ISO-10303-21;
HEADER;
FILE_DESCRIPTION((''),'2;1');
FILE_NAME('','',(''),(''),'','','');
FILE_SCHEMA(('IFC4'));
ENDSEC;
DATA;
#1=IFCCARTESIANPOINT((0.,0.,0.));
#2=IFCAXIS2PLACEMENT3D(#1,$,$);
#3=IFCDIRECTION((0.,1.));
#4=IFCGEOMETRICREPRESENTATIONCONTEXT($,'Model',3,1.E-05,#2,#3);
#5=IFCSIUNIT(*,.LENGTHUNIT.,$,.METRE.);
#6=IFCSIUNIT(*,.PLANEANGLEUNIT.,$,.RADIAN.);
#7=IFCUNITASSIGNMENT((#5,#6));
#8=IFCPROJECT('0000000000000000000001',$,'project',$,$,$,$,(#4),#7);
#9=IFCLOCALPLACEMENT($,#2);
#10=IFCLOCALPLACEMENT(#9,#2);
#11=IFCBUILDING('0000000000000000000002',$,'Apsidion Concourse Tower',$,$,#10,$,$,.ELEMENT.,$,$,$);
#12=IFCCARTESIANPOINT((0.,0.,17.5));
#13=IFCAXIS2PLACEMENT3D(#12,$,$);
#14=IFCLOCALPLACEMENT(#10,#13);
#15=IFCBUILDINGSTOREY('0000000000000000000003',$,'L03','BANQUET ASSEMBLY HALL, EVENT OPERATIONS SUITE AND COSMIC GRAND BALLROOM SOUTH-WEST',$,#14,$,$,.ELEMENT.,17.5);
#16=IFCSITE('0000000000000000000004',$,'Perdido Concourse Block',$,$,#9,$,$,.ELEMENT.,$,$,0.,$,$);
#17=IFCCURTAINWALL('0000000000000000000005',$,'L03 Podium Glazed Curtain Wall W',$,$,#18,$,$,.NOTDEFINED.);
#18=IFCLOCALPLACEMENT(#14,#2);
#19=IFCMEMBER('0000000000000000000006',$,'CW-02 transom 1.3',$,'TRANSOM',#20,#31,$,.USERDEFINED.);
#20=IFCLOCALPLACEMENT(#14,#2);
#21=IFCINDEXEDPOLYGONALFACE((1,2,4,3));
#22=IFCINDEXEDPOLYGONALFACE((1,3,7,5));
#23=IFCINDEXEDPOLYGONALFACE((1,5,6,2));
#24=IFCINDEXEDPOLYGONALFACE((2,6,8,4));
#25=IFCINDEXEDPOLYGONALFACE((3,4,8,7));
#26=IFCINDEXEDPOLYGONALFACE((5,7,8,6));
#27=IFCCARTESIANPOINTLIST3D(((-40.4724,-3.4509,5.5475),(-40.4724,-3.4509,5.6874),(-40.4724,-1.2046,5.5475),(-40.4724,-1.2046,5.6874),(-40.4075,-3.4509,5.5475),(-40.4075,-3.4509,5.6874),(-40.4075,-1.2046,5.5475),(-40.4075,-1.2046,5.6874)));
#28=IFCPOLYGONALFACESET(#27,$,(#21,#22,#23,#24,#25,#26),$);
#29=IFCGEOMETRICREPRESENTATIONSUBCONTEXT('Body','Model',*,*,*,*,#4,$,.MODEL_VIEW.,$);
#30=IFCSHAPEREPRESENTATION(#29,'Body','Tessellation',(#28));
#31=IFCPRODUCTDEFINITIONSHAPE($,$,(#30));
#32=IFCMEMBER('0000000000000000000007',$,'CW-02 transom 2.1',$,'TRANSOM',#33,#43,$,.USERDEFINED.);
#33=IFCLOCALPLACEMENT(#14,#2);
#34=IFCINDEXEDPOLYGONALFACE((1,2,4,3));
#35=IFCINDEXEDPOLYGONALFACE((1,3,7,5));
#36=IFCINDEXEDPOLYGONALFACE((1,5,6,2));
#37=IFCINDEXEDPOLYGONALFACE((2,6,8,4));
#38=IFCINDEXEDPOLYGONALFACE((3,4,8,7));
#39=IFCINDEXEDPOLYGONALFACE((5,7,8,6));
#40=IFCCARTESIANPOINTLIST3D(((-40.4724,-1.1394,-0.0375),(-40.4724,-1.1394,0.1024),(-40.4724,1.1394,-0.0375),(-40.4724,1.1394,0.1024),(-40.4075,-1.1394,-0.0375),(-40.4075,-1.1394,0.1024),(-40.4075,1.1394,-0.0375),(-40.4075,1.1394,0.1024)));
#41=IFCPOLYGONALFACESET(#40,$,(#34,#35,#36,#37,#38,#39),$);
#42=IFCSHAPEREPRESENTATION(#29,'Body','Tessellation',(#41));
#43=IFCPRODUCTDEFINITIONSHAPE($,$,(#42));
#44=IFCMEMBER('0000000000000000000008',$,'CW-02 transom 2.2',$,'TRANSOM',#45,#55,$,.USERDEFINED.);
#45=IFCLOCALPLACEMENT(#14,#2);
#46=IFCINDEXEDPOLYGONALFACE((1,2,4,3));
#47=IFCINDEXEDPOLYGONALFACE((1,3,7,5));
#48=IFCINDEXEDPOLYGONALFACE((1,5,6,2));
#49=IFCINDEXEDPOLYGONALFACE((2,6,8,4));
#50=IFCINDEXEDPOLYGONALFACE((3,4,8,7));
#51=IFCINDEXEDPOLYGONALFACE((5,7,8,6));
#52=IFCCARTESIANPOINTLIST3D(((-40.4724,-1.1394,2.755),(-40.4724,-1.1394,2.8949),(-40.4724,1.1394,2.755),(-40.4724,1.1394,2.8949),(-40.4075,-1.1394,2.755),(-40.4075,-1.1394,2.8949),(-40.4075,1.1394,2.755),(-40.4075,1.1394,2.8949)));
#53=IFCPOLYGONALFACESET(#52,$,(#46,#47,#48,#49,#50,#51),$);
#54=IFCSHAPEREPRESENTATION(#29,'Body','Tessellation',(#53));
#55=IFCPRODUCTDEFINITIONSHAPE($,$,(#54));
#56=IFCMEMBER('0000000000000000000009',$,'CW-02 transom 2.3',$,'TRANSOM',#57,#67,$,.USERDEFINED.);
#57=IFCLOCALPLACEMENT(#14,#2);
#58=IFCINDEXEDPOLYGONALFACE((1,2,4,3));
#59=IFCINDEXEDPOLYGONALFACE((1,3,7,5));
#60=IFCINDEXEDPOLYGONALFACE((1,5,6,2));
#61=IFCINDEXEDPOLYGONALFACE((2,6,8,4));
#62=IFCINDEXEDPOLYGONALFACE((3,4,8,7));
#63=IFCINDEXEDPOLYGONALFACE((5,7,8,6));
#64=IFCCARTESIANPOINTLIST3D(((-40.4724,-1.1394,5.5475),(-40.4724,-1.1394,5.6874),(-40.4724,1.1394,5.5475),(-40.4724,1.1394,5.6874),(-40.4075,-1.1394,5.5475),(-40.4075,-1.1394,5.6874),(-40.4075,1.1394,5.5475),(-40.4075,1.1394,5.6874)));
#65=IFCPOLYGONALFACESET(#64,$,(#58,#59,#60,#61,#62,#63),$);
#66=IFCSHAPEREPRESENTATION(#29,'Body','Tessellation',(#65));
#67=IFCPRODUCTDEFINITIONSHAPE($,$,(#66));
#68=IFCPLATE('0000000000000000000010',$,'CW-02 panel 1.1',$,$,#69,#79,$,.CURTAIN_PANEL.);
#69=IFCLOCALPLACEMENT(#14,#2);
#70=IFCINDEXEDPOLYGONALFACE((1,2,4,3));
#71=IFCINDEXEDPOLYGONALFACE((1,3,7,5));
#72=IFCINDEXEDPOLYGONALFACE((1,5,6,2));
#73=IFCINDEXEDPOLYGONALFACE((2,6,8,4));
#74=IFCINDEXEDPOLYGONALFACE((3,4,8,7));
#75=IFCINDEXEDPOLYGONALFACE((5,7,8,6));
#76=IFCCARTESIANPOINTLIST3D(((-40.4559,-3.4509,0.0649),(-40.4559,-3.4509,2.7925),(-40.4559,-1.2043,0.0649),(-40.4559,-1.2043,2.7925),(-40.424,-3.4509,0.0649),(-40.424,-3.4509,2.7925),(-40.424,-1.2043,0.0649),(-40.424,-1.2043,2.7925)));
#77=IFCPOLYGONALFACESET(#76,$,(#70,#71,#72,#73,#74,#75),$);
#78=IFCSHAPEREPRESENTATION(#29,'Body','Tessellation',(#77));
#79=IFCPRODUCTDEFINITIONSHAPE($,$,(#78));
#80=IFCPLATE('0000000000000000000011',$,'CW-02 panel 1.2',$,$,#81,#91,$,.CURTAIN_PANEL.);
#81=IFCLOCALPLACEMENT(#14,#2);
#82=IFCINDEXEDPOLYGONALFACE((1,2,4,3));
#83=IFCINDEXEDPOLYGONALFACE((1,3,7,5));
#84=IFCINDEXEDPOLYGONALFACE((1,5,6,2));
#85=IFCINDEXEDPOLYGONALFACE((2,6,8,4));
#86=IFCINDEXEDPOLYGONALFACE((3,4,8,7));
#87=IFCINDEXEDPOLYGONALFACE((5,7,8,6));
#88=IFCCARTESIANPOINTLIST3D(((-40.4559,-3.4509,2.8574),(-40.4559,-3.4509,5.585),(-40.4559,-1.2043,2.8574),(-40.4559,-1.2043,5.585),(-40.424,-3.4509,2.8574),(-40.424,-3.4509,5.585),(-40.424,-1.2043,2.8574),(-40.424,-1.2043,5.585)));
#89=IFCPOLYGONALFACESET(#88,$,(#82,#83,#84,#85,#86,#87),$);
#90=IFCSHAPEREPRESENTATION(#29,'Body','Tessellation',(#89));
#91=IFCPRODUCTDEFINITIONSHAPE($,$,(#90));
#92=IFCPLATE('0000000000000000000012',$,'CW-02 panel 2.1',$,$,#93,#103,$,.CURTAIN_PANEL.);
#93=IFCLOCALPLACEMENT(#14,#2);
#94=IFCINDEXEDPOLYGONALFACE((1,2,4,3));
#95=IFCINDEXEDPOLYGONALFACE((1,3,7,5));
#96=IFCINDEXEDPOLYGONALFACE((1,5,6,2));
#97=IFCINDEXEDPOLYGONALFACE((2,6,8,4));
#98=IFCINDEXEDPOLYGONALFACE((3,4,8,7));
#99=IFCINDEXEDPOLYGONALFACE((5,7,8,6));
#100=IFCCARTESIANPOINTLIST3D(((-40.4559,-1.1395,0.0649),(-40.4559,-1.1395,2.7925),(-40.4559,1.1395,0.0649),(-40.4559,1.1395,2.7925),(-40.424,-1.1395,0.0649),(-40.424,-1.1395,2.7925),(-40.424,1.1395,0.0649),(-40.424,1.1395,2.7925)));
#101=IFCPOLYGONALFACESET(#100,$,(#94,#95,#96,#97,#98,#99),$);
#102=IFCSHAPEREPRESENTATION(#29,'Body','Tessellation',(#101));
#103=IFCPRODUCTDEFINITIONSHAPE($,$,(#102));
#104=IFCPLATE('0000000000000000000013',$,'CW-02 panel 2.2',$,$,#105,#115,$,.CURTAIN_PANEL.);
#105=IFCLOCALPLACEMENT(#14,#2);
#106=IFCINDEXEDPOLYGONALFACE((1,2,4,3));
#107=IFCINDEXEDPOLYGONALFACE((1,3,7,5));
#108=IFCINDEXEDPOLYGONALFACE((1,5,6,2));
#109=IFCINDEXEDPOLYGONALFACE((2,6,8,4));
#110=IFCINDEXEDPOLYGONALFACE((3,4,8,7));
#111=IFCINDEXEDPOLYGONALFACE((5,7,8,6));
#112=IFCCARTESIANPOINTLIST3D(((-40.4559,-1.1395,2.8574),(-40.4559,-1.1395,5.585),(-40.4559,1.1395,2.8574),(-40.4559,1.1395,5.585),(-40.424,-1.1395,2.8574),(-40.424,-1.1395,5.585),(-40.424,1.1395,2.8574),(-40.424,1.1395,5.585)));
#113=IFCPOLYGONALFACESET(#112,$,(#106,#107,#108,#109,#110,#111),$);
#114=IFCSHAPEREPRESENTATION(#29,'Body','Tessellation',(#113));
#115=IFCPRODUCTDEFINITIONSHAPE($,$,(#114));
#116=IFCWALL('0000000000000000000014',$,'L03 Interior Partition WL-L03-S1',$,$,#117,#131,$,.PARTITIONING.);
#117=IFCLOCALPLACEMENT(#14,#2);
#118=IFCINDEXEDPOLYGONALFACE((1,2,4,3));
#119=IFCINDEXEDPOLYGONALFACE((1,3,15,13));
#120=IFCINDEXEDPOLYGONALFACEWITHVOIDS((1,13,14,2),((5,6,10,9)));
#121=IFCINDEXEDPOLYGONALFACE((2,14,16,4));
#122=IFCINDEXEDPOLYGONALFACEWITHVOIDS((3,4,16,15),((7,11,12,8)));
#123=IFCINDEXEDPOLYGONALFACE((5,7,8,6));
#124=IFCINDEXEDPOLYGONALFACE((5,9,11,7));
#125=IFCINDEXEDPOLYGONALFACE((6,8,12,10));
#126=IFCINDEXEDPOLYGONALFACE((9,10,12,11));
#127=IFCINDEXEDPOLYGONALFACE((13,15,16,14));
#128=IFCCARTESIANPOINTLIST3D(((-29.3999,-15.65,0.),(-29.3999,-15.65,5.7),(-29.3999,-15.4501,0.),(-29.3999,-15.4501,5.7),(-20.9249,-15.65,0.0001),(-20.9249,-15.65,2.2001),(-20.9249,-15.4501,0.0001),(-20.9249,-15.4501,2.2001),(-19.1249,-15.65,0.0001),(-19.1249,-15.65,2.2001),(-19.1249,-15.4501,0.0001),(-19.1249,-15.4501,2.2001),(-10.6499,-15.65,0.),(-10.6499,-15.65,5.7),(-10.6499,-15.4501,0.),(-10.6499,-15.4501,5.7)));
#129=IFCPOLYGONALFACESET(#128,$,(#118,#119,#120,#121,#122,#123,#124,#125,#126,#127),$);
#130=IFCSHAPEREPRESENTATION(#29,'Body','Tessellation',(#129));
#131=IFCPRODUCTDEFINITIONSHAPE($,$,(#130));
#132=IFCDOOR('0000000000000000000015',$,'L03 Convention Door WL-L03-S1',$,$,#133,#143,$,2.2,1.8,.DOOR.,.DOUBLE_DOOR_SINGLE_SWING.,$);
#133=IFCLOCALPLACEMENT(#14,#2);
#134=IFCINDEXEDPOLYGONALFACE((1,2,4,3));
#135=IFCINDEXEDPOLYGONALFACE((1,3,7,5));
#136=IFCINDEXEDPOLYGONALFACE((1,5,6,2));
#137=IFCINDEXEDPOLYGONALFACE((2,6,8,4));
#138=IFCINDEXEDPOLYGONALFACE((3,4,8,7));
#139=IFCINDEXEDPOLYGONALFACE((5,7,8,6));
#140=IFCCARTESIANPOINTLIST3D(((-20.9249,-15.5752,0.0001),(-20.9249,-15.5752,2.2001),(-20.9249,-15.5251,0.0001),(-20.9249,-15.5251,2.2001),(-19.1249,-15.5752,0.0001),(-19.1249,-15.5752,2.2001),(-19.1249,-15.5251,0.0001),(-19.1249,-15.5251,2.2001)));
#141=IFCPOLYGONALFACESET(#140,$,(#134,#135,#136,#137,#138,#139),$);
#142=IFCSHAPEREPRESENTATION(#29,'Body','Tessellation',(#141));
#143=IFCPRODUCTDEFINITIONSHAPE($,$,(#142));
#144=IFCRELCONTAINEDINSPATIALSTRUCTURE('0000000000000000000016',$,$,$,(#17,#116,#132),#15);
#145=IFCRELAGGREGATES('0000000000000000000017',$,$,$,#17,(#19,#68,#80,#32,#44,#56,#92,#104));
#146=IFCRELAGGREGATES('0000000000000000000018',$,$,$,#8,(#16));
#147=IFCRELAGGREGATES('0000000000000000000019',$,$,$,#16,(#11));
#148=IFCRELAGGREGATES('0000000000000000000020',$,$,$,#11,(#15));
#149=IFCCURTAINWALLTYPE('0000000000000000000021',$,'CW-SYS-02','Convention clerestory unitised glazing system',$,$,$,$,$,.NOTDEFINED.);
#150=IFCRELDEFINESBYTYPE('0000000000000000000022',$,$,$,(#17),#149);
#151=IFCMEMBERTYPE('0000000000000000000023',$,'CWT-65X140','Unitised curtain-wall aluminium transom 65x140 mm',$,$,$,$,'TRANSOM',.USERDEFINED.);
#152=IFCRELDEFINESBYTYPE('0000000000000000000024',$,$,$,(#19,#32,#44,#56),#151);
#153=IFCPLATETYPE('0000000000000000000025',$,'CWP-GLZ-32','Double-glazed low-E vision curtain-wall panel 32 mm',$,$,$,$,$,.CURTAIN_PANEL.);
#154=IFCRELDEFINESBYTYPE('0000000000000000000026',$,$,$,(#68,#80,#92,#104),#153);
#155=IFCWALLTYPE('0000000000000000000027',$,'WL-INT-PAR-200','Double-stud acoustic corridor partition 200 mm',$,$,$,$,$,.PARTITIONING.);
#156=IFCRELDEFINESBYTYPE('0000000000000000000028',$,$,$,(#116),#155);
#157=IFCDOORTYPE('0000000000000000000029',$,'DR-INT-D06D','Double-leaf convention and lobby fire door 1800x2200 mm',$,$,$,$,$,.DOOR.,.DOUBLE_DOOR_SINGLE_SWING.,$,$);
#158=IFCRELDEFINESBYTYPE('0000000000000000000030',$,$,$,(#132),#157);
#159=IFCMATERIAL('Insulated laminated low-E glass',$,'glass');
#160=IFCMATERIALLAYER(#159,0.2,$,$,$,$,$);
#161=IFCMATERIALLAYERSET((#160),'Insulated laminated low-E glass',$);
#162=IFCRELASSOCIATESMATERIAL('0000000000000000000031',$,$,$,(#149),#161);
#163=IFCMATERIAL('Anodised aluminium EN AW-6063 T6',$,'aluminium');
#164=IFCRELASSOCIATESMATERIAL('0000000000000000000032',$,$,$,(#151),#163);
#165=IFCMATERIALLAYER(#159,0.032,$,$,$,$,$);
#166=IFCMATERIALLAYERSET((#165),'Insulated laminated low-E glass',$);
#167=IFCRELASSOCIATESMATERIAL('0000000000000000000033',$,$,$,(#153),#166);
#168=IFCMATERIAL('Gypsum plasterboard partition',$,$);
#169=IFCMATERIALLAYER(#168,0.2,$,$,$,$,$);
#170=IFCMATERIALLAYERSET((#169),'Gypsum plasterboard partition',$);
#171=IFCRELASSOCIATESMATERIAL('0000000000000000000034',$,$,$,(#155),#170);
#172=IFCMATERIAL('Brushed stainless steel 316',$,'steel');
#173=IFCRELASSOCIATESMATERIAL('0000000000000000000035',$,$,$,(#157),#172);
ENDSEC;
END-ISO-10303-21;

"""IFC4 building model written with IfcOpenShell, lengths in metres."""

from ifc_helpers import new_model, si_unit, direction, frame, frame_2d, origin, origin_2d, place, context, subcontext, project, spatial, rectangle, extrude, material, layer, layer_set, material_profile, profile_set, type_object, element, fill, aggregate, save


model = new_model("IFC4")

# Units and contexts
model_context = context("Model", 3, precision=1e-05, world=origin(), true_north=direction((0.0, 1.0)))
body_context = subcontext(model_context, "Body", "Model", "MODEL_VIEW")
ifc_project = project(units=[si_unit("LENGTHUNIT", "METRE"), si_unit("PLANEANGLEUNIT", "RADIAN")], contexts=[model_context])

# Site, building, storey
site_placement = place(None, origin())
site = spatial("IfcSite", under=ifc_project, at=site_placement, Name="Perdido Concourse Block", CompositionType="ELEMENT", RefElevation=0.0)
building_placement = place(site_placement, origin())
building = spatial("IfcBuilding", under=site, at=building_placement, Name="Apsidion Concourse Tower", CompositionType="ELEMENT")
storey_placement = place(building_placement, frame((0.0, 0.0, 17.5)))
storey = spatial("IfcBuildingStorey", under=building, at=storey_placement, Name="L03", Description="BANQUET ASSEMBLY HALL, EVENT OPERATIONS SUITE AND COSMIC GRAND BALLROOM SOUTH-WEST", CompositionType="ELEMENT", Elevation=17.5)

# Curtain wall, members, plates
ifc_material_1 = material(Name="Insulated laminated low-E glass", Category="glass")
ifc_layer_1 = layer(ifc_material_1, 0.2)
ifc_layer_set_1 = layer_set([ifc_layer_1], Name="Insulated laminated low-E glass")
curtain_wall_type = type_object("IfcCurtainWallType", Name="CW-SYS-02", Description="Convention clerestory unitised glazing system", PredefinedType="NOTDEFINED", material=ifc_layer_set_1)
curtain_wall_placement = place(storey_placement, origin())
curtain_wall = element("IfcCurtainWall", 1, at=curtain_wall_placement, inside=storey, type_object=curtain_wall_type, Name="L03 Podium Glazed Curtain Wall W", PredefinedType="NOTDEFINED")
ifc_material_2 = material(Name="Anodised aluminium EN AW-6063 T6", Category="aluminium")
ifc_material_profile_1 = material_profile(ifc_material_2, rectangle(XDim=0.0649, YDim=0.1399, at=origin_2d()), Name="ALU TRANSOM 65x140")
ifc_profile_set_1 = profile_set([ifc_material_profile_1], Name="Anodised aluminium EN AW-6063 T6")
member_type_1 = type_object("IfcMemberType", Name="CWT-65X140", Description="Unitised curtain-wall aluminium transom 65x140 mm", ElementType="TRANSOM", PredefinedType="USERDEFINED", material=ifc_profile_set_1)
member_1_placement = place(storey_placement, frame((-40.4399, -3.4509, 5.6174), z_axis=(0.0, 1.0, 0.0), x_axis=(-1.0, 0.0, 0.0)))
member_1 = element("IfcMember", 2, at=member_1_placement, type_object=member_type_1, Name="CW-02 transom 1.3", ObjectType="TRANSOM", PredefinedType="USERDEFINED", context=body_context, shape_type="SweptSolid", body=[
    extrude(rectangle(XDim=0.0649, YDim=0.1399, at=origin_2d()), origin(), (0.0, 0.0, 1.0), 2.2463),
])
member_2_placement = place(storey_placement, frame((-40.4399, -1.1394, 0.0325), z_axis=(0.0, 1.0, 0.0), x_axis=(-1.0, 0.0, 0.0)))
member_2 = element("IfcMember", 3, at=member_2_placement, type_object=member_type_1, Name="CW-02 transom 2.1", ObjectType="TRANSOM", PredefinedType="USERDEFINED", context=body_context, shape_type="SweptSolid", body=[
    extrude(rectangle(XDim=0.0649, YDim=0.1399, at=origin_2d()), origin(), (0.0, 0.0, 1.0), 2.2788),
])
member_3_placement = place(storey_placement, frame((-40.4399, -1.1394, 2.825), z_axis=(0.0, 1.0, 0.0), x_axis=(-1.0, 0.0, 0.0)))
member_3 = element("IfcMember", 4, at=member_3_placement, type_object=member_type_1, Name="CW-02 transom 2.2", ObjectType="TRANSOM", PredefinedType="USERDEFINED", context=body_context, shape_type="SweptSolid", body=[
    extrude(rectangle(XDim=0.0649, YDim=0.1399, at=origin_2d()), origin(), (0.0, 0.0, 1.0), 2.2788),
])
member_4_placement = place(storey_placement, frame((-40.4399, -1.1394, 5.6174), z_axis=(0.0, 1.0, 0.0), x_axis=(-1.0, 0.0, 0.0)))
member_4 = element("IfcMember", 5, at=member_4_placement, type_object=member_type_1, Name="CW-02 transom 2.3", ObjectType="TRANSOM", PredefinedType="USERDEFINED", context=body_context, shape_type="SweptSolid", body=[
    extrude(rectangle(XDim=0.0649, YDim=0.1399, at=origin_2d()), origin(), (0.0, 0.0, 1.0), 2.2788),
])
ifc_layer_2 = layer(ifc_material_1, 0.032)
ifc_layer_set_2 = layer_set([ifc_layer_2], Name="Insulated laminated low-E glass")
plate_type = type_object("IfcPlateType", Name="CWP-GLZ-32", Description="Double-glazed low-E vision curtain-wall panel 32 mm", PredefinedType="CURTAIN_PANEL", material=ifc_layer_set_2)
plate_1_placement = place(storey_placement, frame((-40.4399, -2.3276, 0.0649), z_axis=(0.0, 0.0, 1.0), x_axis=(0.0, 1.0, 0.0)))
plate_1 = element("IfcPlate", 6, at=plate_1_placement, type_object=plate_type, Name="CW-02 panel 1.1", PredefinedType="CURTAIN_PANEL", context=body_context, shape_type="SweptSolid", body=[
    extrude(rectangle(XDim=2.2466, YDim=0.032, at=origin_2d()), origin(), (0.0, 0.0, 1.0), 2.7275),
])
plate_2_placement = place(storey_placement, frame((-40.4399, -2.3276, 2.8574), z_axis=(0.0, 0.0, 1.0), x_axis=(0.0, 1.0, 0.0)))
plate_2 = element("IfcPlate", 7, at=plate_2_placement, type_object=plate_type, Name="CW-02 panel 1.2", PredefinedType="CURTAIN_PANEL", context=body_context, shape_type="SweptSolid", body=[
    extrude(rectangle(XDim=2.2466, YDim=0.032, at=origin_2d()), origin(), (0.0, 0.0, 1.0), 2.7275),
])
plate_3_placement = place(storey_placement, frame((-40.4399, 0.0, 0.0649), z_axis=(0.0, 0.0, 1.0), x_axis=(0.0, 1.0, 0.0)))
plate_3 = element("IfcPlate", 8, at=plate_3_placement, type_object=plate_type, Name="CW-02 panel 2.1", PredefinedType="CURTAIN_PANEL", context=body_context, shape_type="SweptSolid", body=[
    extrude(rectangle(XDim=2.2791, YDim=0.032, at=origin_2d()), origin(), (0.0, 0.0, 1.0), 2.7275),
])
plate_4_placement = place(storey_placement, frame((-40.4399, 0.0, 2.8574), z_axis=(0.0, 0.0, 1.0), x_axis=(0.0, 1.0, 0.0)))
plate_4 = element("IfcPlate", 9, at=plate_4_placement, type_object=plate_type, Name="CW-02 panel 2.2", PredefinedType="CURTAIN_PANEL", context=body_context, shape_type="SweptSolid", body=[
    extrude(rectangle(XDim=2.2791, YDim=0.032, at=origin_2d()), origin(), (0.0, 0.0, 1.0), 2.7275),
])
aggregate(curtain_wall, [member_1, plate_1, plate_2, member_2, member_3, member_4, plate_3, plate_4])

# Wall, opening, door
ifc_material_3 = material(Name="Gypsum plasterboard partition")
ifc_layer_3 = layer(ifc_material_3, 0.2)
ifc_layer_set_3 = layer_set([ifc_layer_3], Name="Gypsum plasterboard partition")
wall_type = type_object("IfcWallType", Name="WL-INT-PAR-200", Description="Double-stud acoustic corridor partition 200 mm", PredefinedType="PARTITIONING", material=ifc_layer_set_3)
wall_placement = place(storey_placement, frame((-29.3999, -15.55, 0.0), z_axis=(0.0, 0.0, 1.0), x_axis=(1.0, 0.0, 0.0)))
wall = element("IfcWall", 10, at=wall_placement, inside=storey, type_object=wall_type, Name="L03 Interior Partition WL-L03-S1", PredefinedType="PARTITIONING", context=body_context, shape_type="SweptSolid", body=[
    extrude(rectangle(XDim=18.75, YDim=0.2, at=frame_2d((9.375, 0.0))), origin(), (0.0, 0.0, 1.0), 5.7),
])
opening_placement = place(wall_placement, frame((8.4751, 0.0, 0.0)))
opening = element("IfcOpeningElement", 11, at=opening_placement, cuts=wall, PredefinedType="OPENING", context=body_context, shape_type="SweptSolid", body=[
    extrude(rectangle(XDim=1.8, YDim=2.2, at=frame_2d((0.8999, 1.1001))), frame((0.0, 0.1099, 0.0), z_axis=(0.0, -1.0, 0.0), x_axis=(1.0, 0.0, 0.0)), (0.0, 0.0, 1.0), 0.22),
])
ifc_material_4 = material(Name="Brushed stainless steel 316", Category="steel")
door_type = type_object("IfcDoorType", Name="DR-INT-D06D", Description="Double-leaf convention and lobby fire door 1800x2200 mm", OperationType="DOUBLE_DOOR_SINGLE_SWING", PredefinedType="DOOR", material=ifc_material_4)
door_placement = place(opening_placement, origin())
door = element("IfcDoor", 12, at=door_placement, inside=storey, type_object=door_type, Name="L03 Convention Door WL-L03-S1", OperationType="DOUBLE_DOOR_SINGLE_SWING", OverallHeight=2.2, OverallWidth=1.8, PredefinedType="DOOR", context=body_context, shape_type="SweptSolid", body=[
    extrude(rectangle(XDim=1.8, YDim=2.2, at=frame_2d((0.8999, 1.1001))), frame((0.0, 0.0249, 0.0), z_axis=(0.0, -1.0, 0.0), x_axis=(1.0, 0.0, 0.0)), (0.0, 0.0, 1.0), 0.05),
])
fill(opening, door)

save(model, "model.ifc")
